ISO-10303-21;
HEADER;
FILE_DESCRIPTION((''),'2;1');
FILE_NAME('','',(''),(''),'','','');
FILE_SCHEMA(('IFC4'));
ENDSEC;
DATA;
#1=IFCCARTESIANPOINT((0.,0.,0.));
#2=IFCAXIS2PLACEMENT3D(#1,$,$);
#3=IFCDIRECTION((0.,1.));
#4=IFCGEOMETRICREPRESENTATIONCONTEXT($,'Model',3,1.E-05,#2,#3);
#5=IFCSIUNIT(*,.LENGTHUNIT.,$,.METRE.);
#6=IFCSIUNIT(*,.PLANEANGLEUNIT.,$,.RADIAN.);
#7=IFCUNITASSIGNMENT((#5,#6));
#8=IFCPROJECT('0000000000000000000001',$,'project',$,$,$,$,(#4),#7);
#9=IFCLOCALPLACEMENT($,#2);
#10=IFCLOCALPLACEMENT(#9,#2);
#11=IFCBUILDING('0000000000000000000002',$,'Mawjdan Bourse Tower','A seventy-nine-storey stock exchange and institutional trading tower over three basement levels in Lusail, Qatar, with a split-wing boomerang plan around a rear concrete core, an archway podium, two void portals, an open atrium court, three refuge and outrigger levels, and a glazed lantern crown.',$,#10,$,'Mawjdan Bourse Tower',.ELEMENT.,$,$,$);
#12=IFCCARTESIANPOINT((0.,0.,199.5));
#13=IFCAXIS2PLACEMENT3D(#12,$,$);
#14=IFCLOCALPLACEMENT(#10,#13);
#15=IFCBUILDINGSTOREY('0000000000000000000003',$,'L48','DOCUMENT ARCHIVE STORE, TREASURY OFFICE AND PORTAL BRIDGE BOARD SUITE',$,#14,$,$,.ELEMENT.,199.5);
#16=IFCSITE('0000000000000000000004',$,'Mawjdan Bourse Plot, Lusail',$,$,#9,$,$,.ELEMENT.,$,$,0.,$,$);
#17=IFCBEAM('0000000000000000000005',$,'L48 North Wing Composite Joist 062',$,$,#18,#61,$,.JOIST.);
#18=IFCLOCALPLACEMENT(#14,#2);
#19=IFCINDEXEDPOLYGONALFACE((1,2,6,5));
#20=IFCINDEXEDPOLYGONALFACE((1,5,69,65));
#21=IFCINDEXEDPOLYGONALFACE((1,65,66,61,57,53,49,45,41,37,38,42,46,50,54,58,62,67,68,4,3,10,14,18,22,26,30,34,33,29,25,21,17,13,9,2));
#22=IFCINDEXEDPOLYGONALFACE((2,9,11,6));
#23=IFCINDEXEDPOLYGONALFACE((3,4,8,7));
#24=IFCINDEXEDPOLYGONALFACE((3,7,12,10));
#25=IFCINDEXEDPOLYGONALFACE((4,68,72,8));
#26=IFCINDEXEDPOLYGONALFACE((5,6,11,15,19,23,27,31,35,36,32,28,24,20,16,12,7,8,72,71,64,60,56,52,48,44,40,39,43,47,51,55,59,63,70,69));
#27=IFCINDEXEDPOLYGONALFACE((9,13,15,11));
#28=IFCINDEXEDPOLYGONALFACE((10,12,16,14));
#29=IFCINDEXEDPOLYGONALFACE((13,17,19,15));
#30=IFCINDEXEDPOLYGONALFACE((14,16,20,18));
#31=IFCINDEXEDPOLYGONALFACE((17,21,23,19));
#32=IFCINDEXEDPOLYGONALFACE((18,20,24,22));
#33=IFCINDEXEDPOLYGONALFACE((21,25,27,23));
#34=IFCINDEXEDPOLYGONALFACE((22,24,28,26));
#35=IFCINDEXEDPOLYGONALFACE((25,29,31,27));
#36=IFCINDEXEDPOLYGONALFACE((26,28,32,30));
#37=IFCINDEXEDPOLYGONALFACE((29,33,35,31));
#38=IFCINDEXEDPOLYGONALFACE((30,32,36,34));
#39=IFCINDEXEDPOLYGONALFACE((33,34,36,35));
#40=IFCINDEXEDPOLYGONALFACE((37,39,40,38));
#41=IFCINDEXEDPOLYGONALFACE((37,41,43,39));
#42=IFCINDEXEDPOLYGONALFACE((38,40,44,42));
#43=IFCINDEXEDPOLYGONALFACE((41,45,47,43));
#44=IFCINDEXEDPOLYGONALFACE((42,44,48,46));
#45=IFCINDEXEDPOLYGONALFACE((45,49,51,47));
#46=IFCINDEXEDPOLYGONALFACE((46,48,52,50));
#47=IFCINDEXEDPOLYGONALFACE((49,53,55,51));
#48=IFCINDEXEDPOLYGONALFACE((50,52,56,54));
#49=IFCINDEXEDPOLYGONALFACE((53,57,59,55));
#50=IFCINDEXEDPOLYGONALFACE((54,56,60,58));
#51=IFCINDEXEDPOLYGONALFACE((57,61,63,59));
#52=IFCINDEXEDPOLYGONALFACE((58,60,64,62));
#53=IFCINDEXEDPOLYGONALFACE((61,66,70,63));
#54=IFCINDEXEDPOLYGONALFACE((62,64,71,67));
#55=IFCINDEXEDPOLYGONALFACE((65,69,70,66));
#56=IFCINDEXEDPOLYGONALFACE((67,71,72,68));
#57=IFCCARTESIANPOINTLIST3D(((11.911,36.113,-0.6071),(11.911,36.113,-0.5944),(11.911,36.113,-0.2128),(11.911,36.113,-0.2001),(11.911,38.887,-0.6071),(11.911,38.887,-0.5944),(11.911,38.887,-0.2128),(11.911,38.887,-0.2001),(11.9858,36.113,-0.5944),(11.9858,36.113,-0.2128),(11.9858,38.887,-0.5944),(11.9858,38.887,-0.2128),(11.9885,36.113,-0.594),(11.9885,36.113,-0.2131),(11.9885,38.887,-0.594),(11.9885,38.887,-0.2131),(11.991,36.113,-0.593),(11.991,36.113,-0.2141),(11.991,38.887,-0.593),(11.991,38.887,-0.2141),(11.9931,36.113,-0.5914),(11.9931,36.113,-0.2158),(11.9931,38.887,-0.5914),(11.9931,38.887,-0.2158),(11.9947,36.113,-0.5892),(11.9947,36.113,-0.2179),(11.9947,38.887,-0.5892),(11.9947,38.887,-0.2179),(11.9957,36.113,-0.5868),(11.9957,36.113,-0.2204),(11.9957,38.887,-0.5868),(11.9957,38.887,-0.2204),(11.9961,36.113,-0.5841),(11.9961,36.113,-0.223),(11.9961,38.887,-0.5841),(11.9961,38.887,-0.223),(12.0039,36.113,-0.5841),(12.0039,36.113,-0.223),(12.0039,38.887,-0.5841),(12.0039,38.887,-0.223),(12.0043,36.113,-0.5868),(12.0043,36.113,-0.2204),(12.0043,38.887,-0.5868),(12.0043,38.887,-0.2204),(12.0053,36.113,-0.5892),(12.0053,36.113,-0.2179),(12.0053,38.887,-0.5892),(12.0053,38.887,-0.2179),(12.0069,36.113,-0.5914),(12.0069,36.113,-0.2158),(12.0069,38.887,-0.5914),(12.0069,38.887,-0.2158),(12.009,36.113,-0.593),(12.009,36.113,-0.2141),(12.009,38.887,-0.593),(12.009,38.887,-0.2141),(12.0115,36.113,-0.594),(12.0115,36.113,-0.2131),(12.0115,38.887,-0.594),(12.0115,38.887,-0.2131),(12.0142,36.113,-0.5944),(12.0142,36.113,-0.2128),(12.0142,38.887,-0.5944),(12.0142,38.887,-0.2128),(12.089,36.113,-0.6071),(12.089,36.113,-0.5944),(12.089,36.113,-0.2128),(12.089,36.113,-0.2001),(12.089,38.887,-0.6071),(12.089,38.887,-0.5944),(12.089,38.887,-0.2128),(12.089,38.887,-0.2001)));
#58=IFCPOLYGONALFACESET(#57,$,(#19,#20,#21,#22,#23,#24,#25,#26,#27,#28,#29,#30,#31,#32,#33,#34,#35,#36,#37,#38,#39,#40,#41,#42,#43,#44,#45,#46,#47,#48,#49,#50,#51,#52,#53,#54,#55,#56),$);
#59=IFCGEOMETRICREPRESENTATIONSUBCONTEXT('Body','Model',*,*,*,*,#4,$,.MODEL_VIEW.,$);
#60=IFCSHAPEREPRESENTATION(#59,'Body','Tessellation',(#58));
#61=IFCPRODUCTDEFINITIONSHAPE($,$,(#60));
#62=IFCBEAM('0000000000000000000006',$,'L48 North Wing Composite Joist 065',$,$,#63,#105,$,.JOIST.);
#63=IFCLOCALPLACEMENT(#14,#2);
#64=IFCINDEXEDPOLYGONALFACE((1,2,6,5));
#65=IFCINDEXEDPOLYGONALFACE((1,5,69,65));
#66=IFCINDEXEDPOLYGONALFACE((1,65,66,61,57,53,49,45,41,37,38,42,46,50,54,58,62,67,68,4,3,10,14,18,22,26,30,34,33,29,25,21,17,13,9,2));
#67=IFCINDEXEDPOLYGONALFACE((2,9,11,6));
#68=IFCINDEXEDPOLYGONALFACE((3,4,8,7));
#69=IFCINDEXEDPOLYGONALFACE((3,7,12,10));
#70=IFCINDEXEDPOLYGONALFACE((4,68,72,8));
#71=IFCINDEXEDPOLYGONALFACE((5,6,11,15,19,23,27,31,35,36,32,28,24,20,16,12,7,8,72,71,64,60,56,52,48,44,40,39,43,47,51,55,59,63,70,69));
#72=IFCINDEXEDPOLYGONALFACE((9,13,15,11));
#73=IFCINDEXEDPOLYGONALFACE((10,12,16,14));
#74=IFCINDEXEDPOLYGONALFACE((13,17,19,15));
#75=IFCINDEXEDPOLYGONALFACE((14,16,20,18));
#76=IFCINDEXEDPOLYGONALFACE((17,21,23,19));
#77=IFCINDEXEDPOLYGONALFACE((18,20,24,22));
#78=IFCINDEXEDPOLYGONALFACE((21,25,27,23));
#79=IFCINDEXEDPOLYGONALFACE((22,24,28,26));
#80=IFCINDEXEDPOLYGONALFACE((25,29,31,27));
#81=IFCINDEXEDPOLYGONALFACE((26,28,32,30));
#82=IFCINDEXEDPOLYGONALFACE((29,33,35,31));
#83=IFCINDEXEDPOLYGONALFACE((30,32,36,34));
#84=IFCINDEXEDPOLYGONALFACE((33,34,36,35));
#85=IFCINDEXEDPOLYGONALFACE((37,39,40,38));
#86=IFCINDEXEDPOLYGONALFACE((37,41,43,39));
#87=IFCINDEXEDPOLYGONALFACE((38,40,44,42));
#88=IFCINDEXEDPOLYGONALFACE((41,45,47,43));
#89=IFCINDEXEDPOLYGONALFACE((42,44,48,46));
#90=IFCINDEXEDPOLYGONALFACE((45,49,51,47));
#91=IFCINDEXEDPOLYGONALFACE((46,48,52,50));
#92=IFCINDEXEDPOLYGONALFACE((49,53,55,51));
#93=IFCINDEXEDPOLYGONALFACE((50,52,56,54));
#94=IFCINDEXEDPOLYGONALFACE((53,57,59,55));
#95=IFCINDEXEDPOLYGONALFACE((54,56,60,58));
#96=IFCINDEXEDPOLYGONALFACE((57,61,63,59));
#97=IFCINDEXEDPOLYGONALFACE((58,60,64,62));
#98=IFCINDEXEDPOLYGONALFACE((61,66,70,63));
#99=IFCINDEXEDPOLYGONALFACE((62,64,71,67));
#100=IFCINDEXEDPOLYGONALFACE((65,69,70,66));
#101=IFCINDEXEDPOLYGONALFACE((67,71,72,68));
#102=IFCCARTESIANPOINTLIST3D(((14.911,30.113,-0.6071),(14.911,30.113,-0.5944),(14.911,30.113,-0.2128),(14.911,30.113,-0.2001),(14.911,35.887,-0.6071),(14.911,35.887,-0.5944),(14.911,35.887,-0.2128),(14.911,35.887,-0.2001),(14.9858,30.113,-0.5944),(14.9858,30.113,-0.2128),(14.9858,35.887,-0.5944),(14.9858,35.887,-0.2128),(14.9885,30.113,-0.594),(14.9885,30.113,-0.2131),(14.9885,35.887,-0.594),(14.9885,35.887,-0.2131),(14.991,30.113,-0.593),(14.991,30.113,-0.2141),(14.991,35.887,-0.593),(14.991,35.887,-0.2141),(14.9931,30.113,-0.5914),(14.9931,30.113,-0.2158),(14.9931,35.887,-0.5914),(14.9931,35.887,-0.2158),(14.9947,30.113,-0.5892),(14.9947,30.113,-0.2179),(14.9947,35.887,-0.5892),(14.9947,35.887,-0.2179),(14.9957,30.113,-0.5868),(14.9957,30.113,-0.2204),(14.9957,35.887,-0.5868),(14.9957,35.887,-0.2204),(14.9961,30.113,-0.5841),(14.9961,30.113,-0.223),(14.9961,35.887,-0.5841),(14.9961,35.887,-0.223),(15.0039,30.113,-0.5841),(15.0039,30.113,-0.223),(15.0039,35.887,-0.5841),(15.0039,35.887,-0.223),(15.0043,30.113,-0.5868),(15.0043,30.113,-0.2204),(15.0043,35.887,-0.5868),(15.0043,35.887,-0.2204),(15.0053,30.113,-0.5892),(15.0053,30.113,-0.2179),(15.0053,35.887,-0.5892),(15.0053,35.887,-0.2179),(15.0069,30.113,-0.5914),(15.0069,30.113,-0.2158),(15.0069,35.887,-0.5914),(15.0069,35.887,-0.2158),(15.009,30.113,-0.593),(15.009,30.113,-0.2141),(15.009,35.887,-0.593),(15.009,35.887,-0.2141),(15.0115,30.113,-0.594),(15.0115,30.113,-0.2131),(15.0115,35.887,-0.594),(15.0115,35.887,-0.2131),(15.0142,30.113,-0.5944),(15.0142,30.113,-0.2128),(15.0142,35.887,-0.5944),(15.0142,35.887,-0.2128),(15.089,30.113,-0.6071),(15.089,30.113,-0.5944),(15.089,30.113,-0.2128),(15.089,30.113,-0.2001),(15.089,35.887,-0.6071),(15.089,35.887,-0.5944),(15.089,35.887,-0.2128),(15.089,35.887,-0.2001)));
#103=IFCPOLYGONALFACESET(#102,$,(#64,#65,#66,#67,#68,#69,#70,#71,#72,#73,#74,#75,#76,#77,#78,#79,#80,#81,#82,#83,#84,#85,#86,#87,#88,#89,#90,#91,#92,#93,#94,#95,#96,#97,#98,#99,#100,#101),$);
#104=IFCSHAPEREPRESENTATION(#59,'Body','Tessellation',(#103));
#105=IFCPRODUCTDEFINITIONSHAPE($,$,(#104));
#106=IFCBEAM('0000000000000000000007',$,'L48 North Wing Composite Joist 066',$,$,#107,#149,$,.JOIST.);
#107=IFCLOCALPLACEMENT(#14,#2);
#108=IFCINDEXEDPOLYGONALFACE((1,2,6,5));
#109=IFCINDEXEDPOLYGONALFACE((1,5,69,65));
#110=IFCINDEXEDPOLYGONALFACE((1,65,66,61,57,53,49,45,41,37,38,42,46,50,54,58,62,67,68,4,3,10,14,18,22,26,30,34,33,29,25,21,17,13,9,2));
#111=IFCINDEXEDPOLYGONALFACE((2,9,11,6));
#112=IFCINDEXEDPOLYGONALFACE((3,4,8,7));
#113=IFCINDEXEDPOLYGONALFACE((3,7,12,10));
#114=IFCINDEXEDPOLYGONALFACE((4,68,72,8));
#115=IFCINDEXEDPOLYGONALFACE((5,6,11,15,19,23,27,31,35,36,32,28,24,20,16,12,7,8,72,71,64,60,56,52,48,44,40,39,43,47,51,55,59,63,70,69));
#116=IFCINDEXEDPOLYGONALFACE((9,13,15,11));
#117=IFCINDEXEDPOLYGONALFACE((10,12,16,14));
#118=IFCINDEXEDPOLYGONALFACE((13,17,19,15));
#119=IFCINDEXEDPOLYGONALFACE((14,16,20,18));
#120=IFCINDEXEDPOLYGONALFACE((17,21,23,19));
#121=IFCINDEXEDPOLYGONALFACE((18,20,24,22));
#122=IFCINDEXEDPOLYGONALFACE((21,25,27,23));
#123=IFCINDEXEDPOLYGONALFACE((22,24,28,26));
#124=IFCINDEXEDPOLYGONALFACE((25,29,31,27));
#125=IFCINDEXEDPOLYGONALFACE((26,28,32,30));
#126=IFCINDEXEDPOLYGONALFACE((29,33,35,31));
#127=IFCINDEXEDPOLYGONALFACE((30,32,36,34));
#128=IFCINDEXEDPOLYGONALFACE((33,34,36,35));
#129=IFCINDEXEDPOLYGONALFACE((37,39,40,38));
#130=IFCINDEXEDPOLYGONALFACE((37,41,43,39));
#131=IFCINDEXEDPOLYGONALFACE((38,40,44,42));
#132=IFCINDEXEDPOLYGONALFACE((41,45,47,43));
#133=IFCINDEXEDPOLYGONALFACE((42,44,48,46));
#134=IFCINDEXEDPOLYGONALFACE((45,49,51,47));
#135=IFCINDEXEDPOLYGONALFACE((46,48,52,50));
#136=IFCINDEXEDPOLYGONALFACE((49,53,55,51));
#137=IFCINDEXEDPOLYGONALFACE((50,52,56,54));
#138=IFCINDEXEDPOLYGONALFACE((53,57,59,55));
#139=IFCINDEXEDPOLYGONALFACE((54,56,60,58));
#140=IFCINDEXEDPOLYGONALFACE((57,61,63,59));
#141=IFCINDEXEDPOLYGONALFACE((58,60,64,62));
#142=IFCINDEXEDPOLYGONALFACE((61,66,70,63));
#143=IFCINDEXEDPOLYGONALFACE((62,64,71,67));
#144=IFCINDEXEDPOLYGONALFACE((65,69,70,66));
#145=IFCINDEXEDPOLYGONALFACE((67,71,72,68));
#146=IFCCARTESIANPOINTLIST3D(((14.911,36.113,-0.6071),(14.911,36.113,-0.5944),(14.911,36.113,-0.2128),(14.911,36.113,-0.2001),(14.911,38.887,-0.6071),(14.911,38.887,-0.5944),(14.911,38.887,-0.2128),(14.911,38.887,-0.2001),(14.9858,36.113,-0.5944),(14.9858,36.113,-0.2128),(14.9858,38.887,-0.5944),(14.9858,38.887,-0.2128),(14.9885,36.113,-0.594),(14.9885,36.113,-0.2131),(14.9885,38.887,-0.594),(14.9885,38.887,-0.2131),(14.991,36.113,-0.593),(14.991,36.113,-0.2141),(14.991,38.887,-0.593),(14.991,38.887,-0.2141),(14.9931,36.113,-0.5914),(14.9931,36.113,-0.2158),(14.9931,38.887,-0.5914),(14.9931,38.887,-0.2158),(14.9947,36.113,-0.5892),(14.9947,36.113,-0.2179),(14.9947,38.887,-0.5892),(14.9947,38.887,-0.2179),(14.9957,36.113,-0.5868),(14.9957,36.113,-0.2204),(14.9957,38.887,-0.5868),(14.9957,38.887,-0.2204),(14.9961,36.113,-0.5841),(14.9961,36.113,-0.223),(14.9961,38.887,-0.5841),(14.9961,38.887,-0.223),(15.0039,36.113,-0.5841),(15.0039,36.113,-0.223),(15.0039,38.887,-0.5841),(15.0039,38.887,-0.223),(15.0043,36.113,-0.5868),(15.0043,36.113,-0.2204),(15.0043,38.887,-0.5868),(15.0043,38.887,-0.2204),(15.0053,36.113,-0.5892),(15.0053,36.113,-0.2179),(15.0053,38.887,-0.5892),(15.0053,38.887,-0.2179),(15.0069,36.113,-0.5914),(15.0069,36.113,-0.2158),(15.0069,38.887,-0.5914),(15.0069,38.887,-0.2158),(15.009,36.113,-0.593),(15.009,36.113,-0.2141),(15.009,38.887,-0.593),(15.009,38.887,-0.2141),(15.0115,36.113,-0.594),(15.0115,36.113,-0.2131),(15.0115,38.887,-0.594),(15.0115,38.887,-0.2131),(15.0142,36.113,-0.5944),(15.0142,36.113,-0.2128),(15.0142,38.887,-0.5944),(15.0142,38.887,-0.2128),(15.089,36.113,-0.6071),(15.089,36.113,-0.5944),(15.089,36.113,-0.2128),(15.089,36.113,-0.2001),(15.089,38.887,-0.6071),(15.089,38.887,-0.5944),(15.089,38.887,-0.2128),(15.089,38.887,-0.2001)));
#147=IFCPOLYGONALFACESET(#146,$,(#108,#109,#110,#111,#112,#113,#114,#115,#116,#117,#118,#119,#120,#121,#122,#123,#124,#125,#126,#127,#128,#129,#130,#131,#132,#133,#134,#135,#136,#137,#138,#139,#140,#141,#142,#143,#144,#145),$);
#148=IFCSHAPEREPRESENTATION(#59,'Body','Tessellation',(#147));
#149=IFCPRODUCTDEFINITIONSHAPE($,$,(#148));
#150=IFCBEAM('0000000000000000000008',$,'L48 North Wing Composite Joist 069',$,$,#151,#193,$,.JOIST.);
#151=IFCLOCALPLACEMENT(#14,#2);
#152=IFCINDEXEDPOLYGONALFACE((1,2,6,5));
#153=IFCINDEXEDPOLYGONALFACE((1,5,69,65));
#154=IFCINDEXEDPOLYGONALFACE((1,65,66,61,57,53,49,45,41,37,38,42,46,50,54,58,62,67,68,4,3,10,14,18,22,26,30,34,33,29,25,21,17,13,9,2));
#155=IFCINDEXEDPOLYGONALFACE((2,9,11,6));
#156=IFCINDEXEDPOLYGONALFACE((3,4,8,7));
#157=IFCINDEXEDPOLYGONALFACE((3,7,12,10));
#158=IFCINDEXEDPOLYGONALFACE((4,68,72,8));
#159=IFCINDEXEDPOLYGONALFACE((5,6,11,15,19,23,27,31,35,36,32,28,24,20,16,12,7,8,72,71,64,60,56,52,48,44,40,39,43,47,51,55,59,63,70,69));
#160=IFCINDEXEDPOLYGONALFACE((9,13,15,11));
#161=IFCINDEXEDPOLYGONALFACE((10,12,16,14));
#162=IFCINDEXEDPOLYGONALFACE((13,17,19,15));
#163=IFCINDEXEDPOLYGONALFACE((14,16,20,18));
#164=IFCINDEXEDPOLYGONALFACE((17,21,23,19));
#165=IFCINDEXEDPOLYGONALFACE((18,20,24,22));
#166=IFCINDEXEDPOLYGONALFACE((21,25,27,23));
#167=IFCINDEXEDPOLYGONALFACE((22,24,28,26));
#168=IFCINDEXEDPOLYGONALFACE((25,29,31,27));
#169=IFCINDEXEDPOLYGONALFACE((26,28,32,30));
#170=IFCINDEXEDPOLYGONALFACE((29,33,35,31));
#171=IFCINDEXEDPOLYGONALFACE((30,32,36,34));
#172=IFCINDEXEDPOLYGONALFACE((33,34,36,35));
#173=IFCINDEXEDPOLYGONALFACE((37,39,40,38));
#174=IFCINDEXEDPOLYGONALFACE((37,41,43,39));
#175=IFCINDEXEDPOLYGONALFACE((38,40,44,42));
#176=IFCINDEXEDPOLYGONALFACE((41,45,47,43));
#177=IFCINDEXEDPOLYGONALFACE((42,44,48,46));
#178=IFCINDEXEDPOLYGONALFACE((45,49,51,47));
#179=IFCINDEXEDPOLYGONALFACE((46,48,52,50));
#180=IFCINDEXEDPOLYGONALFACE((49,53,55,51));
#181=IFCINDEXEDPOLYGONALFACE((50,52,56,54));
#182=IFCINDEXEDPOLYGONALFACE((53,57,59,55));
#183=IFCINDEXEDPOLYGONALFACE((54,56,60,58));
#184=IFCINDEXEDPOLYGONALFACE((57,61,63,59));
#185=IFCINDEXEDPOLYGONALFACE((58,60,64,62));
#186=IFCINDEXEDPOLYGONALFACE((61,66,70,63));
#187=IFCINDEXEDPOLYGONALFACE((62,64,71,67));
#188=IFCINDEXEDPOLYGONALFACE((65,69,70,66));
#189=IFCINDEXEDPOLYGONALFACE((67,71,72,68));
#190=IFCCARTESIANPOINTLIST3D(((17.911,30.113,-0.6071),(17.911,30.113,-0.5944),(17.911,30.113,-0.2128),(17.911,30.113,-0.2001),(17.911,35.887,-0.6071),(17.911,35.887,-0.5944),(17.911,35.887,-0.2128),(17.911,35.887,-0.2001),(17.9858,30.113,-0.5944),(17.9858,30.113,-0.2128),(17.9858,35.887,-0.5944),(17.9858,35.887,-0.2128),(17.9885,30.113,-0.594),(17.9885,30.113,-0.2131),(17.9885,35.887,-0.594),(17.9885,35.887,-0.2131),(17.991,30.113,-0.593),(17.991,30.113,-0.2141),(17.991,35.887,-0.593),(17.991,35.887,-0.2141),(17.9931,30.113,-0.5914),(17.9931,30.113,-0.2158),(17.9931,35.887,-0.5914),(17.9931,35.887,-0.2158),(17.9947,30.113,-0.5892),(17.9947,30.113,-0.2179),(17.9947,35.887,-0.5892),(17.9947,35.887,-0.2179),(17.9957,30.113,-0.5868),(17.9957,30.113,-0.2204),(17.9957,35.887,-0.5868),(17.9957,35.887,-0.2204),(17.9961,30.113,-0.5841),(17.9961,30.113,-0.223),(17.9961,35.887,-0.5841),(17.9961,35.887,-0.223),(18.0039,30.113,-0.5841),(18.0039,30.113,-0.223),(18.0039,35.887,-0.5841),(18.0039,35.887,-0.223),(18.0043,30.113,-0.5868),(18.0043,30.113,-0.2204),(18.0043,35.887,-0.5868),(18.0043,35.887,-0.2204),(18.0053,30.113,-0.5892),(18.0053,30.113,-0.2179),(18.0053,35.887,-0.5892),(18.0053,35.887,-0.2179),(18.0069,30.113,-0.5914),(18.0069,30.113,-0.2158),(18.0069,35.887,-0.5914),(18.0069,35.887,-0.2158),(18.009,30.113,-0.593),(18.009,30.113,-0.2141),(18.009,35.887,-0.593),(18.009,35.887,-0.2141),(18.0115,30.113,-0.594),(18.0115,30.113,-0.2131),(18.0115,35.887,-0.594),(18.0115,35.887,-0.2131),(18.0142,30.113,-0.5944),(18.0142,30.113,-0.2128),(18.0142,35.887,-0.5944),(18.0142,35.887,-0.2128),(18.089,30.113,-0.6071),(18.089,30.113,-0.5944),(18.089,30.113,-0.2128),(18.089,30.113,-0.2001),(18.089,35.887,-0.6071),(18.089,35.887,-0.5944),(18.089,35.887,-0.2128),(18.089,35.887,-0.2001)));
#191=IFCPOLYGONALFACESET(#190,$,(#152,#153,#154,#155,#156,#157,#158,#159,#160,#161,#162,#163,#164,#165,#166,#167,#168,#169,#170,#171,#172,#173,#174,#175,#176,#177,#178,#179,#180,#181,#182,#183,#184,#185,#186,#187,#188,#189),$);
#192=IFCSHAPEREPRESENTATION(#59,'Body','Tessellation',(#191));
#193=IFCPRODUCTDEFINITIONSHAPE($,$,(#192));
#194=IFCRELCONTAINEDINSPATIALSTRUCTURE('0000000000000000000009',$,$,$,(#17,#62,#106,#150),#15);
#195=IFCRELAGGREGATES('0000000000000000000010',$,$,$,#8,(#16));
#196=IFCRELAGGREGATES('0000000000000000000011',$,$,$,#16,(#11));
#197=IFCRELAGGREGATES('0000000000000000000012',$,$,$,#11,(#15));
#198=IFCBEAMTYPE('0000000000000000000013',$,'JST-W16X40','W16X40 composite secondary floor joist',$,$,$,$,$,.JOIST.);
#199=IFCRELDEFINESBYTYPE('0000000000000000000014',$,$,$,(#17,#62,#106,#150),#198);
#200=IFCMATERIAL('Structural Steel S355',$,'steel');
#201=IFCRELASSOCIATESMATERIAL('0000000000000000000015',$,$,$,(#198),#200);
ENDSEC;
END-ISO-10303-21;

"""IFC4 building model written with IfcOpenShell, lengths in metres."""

from ifc_helpers import new_model, si_unit, direction, frame, origin, origin_2d, place, context, subcontext, project, spatial, i_section, extrude, material, material_profile, profile_set, type_object, element, save


model = new_model("IFC4")

# Units and contexts
model_context = context("Model", 3, precision=1e-05, world=origin(), true_north=direction((0.0, 1.0)))
body_context = subcontext(model_context, "Body", "Model", "MODEL_VIEW")
ifc_project = project(units=[si_unit("LENGTHUNIT", "METRE"), si_unit("PLANEANGLEUNIT", "RADIAN")], contexts=[model_context])

# Site, building, storey
site_placement = place(None, origin())
site = spatial("IfcSite", under=ifc_project, at=site_placement, Name="Mawjdan Bourse Plot, Lusail", CompositionType="ELEMENT", RefElevation=0.0)
building_placement = place(site_placement, origin())
building = spatial("IfcBuilding", under=site, at=building_placement, Name="Mawjdan Bourse Tower", Description="A seventy-nine-storey stock exchange and institutional trading tower over three basement levels in Lusail, Qatar, with a split-wing boomerang plan around a rear concrete core, an archway podium, two void portals, an open atrium court, three refuge and outrigger levels, and a glazed lantern crown.", LongName="Mawjdan Bourse Tower", CompositionType="ELEMENT")
storey_placement = place(building_placement, frame((0.0, 0.0, 199.5)))
storey = spatial("IfcBuildingStorey", under=building, at=storey_placement, Name="L48", Description="DOCUMENT ARCHIVE STORE, TREASURY OFFICE AND PORTAL BRIDGE BOARD SUITE", CompositionType="ELEMENT", Elevation=199.5)

# Beams
ifc_material_1 = material(Name="Structural Steel S355", Category="steel")
ifc_material_profile_1 = material_profile(ifc_material_1, i_section(OverallWidth=0.178, OverallDepth=0.407, WebThickness=0.0078, FlangeThickness=0.0127, FilletRadius=0.0103, at=origin_2d()), Name="W16X40")
ifc_profile_set_1 = profile_set([ifc_material_profile_1], Name="Structural Steel S355")
beam_type_1 = type_object("IfcBeamType", Name="JST-W16X40", Description="W16X40 composite secondary floor joist", PredefinedType="JOIST", material=ifc_profile_set_1)
beam_1_placement = place(storey_placement, frame((12.0, 36.113, -0.4036), z_axis=(0.0, 1.0, 0.0), x_axis=(-1.0, 0.0, 0.0)))
element("IfcBeam", 1, at=beam_1_placement, inside=storey, type_object=beam_type_1, Name="L48 North Wing Composite Joist 062", PredefinedType="JOIST", context=body_context, shape_type="SweptSolid", body=[
    extrude(i_section(OverallWidth=0.178, OverallDepth=0.407, WebThickness=0.0078, FlangeThickness=0.0127, FilletRadius=0.0103, at=origin_2d()), origin(), (0.0, 0.0, 1.0), 2.7739),
])
beam_2_placement = place(storey_placement, frame((15.0, 30.113, -0.4036), z_axis=(0.0, 1.0, 0.0), x_axis=(-1.0, 0.0, 0.0)))
element("IfcBeam", 2, at=beam_2_placement, inside=storey, type_object=beam_type_1, Name="L48 North Wing Composite Joist 065", PredefinedType="JOIST", context=body_context, shape_type="SweptSolid", body=[
    extrude(i_section(OverallWidth=0.178, OverallDepth=0.407, WebThickness=0.0078, FlangeThickness=0.0127, FilletRadius=0.0103, at=origin_2d()), origin(), (0.0, 0.0, 1.0), 5.7739),
])
beam_3_placement = place(storey_placement, frame((15.0, 36.113, -0.4036), z_axis=(0.0, 1.0, 0.0), x_axis=(-1.0, 0.0, 0.0)))
element("IfcBeam", 3, at=beam_3_placement, inside=storey, type_object=beam_type_1, Name="L48 North Wing Composite Joist 066", PredefinedType="JOIST", context=body_context, shape_type="SweptSolid", body=[
    extrude(i_section(OverallWidth=0.178, OverallDepth=0.407, WebThickness=0.0078, FlangeThickness=0.0127, FilletRadius=0.0103, at=origin_2d()), origin(), (0.0, 0.0, 1.0), 2.7739),
])
beam_4_placement = place(storey_placement, frame((18.0, 30.113, -0.4036), z_axis=(0.0, 1.0, 0.0), x_axis=(-1.0, 0.0, 0.0)))
element("IfcBeam", 4, at=beam_4_placement, inside=storey, type_object=beam_type_1, Name="L48 North Wing Composite Joist 069", PredefinedType="JOIST", context=body_context, shape_type="SweptSolid", body=[
    extrude(i_section(OverallWidth=0.178, OverallDepth=0.407, WebThickness=0.0078, FlangeThickness=0.0127, FilletRadius=0.0103, at=origin_2d()), origin(), (0.0, 0.0, 1.0), 5.7739),
])

save(model, "model.ifc")
